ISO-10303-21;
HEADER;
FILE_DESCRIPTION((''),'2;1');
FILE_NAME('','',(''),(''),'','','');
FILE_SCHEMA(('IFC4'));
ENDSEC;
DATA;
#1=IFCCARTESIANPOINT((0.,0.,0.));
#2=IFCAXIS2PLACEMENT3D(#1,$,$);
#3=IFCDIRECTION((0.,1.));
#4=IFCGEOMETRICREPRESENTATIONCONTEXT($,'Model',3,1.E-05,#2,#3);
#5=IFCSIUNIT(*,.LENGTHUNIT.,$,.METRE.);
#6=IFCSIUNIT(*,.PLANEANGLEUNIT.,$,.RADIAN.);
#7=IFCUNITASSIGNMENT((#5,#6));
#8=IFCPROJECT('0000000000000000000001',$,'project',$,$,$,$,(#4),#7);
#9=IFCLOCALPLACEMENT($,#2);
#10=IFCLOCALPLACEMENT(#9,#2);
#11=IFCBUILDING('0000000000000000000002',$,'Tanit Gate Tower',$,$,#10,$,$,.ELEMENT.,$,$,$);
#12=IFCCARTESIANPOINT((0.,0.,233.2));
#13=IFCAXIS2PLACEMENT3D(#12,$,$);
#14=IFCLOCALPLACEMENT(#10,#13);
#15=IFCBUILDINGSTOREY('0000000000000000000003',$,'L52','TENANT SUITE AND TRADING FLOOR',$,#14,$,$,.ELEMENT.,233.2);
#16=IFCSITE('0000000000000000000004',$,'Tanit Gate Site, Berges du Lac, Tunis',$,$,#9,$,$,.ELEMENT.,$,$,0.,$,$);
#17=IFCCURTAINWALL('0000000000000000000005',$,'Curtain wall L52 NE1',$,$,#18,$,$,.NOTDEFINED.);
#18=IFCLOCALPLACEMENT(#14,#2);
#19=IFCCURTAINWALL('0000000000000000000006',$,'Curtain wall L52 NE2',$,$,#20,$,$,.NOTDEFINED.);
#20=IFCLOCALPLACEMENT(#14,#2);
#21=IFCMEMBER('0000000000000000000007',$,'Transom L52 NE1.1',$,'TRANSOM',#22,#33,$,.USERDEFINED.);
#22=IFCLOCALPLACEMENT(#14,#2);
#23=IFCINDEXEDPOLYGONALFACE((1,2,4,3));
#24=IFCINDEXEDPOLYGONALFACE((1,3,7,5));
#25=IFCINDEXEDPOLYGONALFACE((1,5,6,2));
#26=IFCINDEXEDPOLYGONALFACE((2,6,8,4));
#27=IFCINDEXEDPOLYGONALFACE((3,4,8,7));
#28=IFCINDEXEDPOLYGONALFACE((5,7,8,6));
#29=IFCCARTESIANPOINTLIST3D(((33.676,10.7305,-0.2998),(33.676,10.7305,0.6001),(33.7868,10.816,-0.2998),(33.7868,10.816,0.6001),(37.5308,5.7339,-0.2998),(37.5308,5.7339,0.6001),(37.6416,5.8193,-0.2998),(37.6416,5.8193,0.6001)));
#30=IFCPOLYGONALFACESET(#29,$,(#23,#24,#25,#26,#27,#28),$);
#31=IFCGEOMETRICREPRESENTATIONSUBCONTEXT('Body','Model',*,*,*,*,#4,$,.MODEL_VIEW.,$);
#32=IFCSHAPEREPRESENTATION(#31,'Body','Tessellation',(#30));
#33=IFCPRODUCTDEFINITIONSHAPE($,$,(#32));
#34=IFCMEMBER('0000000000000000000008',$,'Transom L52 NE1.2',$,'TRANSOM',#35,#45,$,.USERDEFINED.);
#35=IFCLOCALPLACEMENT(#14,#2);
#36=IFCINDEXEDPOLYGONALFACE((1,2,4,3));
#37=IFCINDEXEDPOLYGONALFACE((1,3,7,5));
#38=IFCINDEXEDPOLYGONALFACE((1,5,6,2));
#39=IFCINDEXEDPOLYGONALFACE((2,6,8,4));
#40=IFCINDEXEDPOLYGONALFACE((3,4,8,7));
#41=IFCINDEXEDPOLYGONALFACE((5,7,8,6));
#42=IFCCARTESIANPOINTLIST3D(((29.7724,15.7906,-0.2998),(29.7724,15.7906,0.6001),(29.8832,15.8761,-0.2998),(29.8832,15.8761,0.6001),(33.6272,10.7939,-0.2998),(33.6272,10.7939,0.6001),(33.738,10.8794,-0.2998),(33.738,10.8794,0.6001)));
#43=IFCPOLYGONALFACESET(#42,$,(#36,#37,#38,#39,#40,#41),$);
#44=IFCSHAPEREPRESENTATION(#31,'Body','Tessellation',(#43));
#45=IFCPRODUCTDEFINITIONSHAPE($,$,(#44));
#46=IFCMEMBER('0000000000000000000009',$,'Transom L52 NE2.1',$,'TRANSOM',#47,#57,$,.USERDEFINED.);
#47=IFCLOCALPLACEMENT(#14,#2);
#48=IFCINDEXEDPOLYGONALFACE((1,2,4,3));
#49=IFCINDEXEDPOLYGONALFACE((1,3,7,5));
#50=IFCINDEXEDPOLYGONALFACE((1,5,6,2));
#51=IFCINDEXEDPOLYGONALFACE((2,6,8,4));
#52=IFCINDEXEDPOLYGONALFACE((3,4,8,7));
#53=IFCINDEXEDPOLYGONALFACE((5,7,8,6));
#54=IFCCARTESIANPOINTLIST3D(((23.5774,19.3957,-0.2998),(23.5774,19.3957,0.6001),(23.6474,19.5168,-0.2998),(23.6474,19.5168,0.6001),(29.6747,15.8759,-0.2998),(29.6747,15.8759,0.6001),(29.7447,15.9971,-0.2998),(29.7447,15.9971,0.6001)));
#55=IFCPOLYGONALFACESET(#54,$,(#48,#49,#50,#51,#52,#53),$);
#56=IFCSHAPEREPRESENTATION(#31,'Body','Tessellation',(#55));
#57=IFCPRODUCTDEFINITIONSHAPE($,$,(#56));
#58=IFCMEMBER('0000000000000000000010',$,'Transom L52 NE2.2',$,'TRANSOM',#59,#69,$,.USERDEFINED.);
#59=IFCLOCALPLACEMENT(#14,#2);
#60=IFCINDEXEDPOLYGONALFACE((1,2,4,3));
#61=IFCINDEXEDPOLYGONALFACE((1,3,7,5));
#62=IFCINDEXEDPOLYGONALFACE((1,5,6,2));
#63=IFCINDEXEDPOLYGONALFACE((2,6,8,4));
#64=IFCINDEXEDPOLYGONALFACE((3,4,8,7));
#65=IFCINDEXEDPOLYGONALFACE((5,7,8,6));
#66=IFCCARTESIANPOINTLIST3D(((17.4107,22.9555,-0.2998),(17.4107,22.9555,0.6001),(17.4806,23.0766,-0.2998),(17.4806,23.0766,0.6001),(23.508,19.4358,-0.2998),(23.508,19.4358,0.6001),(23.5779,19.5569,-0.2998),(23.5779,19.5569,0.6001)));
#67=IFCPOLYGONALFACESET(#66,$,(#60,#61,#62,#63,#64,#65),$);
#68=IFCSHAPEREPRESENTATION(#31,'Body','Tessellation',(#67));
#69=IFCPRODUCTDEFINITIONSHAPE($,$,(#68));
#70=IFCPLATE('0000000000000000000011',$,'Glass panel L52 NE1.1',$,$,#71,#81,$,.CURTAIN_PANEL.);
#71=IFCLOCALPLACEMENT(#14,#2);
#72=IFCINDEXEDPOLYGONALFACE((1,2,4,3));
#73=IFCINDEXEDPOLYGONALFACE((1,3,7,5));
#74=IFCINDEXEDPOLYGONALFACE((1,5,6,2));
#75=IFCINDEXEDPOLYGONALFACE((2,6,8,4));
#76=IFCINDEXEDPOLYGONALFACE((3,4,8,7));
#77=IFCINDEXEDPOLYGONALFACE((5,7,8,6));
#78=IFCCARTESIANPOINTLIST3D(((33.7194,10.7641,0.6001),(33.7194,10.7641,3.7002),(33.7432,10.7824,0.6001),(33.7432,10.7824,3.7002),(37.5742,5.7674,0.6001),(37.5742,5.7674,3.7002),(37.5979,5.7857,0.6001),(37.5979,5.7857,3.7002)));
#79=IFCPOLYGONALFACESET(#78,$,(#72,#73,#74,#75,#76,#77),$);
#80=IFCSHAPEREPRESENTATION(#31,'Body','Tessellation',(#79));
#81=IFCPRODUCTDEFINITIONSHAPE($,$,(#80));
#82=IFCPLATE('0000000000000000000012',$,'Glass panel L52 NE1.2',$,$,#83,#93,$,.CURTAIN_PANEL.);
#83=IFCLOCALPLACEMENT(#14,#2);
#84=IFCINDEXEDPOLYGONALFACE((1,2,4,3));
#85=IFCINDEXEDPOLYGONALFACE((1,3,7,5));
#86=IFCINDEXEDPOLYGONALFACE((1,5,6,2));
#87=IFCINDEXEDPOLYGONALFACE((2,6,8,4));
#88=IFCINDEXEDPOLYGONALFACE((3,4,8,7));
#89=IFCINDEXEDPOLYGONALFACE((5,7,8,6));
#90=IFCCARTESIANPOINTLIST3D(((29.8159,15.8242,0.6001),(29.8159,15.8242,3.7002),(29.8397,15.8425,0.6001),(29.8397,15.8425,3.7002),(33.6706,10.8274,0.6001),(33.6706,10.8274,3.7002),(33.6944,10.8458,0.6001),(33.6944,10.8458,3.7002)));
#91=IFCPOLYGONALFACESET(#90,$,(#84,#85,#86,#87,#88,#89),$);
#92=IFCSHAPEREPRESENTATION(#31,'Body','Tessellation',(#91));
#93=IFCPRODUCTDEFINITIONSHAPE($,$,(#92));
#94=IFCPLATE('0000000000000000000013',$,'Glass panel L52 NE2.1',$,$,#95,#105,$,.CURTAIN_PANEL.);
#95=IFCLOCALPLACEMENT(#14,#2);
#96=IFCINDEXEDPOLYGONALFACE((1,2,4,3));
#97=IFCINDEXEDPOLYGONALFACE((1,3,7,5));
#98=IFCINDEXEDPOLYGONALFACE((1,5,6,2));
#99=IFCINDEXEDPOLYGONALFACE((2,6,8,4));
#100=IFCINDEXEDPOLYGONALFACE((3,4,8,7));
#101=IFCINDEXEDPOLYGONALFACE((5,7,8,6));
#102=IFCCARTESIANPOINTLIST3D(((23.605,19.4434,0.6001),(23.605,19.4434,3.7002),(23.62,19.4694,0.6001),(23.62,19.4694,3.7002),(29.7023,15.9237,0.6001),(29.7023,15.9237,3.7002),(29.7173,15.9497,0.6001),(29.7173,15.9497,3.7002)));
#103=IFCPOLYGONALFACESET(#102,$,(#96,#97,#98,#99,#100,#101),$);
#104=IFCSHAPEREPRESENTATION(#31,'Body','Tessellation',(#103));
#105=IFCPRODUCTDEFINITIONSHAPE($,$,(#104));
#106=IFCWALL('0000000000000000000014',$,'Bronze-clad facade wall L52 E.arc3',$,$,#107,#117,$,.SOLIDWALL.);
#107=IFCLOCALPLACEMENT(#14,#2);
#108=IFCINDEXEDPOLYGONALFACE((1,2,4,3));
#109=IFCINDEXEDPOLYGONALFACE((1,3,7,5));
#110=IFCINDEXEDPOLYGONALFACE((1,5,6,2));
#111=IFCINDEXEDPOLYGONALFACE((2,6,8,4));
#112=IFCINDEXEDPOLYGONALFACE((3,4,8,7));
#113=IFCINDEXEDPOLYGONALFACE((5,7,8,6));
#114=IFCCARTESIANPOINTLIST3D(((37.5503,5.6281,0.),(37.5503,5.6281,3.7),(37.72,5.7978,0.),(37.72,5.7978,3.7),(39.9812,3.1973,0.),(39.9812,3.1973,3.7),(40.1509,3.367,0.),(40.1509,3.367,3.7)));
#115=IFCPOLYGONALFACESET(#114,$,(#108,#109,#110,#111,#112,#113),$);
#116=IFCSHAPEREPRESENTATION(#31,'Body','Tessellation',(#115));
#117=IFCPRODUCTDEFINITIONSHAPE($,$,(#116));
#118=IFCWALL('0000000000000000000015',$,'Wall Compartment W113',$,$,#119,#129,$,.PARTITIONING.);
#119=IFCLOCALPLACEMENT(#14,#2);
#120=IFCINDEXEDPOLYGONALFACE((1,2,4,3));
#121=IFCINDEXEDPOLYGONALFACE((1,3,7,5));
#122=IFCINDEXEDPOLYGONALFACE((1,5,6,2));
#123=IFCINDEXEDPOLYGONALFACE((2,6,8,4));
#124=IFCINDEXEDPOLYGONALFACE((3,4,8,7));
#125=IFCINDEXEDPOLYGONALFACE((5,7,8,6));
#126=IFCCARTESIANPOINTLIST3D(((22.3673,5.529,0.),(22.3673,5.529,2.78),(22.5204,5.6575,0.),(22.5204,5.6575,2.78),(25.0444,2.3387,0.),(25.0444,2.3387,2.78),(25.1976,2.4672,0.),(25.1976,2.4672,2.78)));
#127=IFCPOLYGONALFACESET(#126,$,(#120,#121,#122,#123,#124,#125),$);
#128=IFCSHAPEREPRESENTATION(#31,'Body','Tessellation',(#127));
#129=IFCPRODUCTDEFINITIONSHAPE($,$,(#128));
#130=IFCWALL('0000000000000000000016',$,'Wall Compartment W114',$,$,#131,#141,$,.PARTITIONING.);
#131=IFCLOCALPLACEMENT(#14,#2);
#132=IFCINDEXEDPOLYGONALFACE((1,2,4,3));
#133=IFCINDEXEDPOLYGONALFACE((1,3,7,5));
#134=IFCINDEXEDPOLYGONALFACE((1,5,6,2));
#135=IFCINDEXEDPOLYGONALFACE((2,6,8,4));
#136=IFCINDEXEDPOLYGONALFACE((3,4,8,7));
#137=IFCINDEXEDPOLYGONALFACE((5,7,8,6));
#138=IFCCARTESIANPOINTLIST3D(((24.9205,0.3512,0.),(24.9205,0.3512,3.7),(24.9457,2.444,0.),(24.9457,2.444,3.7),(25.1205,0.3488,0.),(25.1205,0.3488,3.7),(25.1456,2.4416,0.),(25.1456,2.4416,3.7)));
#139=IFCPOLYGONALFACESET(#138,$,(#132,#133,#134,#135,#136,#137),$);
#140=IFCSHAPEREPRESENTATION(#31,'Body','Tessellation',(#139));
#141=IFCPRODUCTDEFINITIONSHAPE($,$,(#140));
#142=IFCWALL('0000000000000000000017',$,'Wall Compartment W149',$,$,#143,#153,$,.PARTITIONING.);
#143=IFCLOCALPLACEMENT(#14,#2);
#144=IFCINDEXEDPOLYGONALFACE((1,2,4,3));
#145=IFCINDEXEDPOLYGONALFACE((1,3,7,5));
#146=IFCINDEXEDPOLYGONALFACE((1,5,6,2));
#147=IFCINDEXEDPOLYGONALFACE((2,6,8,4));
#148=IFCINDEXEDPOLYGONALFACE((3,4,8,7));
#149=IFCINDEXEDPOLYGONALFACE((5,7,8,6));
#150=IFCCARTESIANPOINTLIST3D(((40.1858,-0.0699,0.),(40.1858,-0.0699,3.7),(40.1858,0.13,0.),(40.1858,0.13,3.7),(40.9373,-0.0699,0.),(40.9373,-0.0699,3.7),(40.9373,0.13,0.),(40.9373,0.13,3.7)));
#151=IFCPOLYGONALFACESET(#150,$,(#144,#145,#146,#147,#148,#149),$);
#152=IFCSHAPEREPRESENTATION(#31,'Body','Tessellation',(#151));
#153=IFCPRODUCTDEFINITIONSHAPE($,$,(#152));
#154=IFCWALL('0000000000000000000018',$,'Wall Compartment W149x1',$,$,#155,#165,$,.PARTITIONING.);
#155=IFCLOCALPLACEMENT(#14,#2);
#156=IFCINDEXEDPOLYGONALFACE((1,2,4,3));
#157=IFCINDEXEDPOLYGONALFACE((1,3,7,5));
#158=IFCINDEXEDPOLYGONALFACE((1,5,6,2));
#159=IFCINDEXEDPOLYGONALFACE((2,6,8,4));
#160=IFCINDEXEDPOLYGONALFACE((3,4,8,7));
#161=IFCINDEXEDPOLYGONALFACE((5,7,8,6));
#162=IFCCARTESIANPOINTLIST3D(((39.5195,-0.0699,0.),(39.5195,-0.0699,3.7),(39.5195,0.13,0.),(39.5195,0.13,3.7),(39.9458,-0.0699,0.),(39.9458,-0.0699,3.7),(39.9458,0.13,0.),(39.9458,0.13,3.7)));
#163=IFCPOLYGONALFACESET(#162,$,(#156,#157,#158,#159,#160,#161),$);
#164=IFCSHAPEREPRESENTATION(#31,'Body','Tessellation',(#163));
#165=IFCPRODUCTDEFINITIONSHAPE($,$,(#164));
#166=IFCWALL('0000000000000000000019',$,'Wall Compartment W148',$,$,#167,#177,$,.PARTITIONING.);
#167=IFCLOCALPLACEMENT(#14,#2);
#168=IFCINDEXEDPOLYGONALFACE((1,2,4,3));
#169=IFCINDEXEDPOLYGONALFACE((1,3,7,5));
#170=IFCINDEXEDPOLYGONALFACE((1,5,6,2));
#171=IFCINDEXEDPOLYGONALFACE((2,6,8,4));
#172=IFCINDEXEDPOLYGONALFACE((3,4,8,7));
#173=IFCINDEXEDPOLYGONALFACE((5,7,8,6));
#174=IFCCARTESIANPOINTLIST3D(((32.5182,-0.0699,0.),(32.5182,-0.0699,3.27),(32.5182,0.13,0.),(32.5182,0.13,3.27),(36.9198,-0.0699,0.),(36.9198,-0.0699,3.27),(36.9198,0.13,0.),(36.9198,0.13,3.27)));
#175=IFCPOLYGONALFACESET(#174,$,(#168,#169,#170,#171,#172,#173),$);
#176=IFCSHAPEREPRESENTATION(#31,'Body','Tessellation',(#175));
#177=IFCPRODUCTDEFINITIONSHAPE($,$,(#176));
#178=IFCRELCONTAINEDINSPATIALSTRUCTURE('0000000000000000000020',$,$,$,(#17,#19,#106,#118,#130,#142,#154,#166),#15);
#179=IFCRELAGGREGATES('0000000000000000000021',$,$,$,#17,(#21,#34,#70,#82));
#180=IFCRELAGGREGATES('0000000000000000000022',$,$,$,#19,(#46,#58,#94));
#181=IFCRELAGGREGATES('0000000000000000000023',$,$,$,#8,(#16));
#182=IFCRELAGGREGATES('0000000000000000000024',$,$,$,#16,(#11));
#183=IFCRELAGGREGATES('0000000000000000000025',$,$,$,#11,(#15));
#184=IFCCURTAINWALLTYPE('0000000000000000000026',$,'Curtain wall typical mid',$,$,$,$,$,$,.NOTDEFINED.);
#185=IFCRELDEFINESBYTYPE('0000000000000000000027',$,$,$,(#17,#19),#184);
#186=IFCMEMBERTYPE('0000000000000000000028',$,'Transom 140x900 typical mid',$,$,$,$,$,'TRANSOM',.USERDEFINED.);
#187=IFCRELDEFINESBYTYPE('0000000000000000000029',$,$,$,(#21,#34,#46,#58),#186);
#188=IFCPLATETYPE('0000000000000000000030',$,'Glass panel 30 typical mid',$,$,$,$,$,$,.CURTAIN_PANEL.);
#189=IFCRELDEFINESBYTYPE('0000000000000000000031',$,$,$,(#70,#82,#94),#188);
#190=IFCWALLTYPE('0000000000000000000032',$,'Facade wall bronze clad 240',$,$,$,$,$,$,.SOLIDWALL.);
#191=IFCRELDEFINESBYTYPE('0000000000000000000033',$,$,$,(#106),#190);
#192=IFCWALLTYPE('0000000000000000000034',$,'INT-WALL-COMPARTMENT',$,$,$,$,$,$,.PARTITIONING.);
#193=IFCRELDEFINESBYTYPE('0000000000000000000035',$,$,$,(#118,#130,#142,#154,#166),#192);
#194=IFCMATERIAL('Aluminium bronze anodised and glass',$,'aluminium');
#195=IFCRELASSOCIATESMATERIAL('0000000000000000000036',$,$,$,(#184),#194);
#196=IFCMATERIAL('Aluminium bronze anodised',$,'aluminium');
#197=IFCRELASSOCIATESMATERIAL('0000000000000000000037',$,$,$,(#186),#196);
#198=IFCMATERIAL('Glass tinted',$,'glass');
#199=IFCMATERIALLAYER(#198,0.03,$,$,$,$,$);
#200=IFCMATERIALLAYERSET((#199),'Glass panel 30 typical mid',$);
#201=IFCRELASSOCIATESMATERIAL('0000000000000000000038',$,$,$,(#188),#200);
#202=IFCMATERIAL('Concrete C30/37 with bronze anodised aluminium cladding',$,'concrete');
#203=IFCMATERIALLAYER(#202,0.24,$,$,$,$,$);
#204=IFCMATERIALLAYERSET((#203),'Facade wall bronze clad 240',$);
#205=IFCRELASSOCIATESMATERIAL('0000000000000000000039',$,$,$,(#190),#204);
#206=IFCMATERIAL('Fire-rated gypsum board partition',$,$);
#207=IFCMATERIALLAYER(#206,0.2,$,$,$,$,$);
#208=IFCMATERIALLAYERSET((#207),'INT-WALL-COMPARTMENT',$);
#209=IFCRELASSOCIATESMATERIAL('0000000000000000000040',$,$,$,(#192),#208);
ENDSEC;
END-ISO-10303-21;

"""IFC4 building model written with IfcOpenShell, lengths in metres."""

from ifc_helpers import new_model, si_unit, direction, frame, frame_2d, origin, origin_2d, place, context, subcontext, project, spatial, rectangle, extrude, material, layer, layer_set, material_profile, profile_set, type_object, element, aggregate, save


model = new_model("IFC4")

# Units and contexts
model_context = context("Model", 3, precision=1e-05, world=origin(), true_north=direction((0.0, 1.0)))
body_context = subcontext(model_context, "Body", "Model", "MODEL_VIEW")
ifc_project = project(units=[si_unit("LENGTHUNIT", "METRE"), si_unit("PLANEANGLEUNIT", "RADIAN")], contexts=[model_context])

# Site, building, storey
site_placement = place(None, origin())
site = spatial("IfcSite", under=ifc_project, at=site_placement, Name="Tanit Gate Site, Berges du Lac, Tunis", CompositionType="ELEMENT", RefElevation=0.0)
building_placement = place(site_placement, origin())
building = spatial("IfcBuilding", under=site, at=building_placement, Name="Tanit Gate Tower", CompositionType="ELEMENT")
storey_placement = place(building_placement, frame((0.0, 0.0, 233.2)))
storey = spatial("IfcBuildingStorey", under=building, at=storey_placement, Name="L52", Description="TENANT SUITE AND TRADING FLOOR", CompositionType="ELEMENT", Elevation=233.2)

# Curtain wall
ifc_material_1 = material(Name="Aluminium bronze anodised and glass", Category="aluminium")
curtain_wall_type = type_object("IfcCurtainWallType", Name="Curtain wall typical mid", PredefinedType="NOTDEFINED", material=ifc_material_1)
curtain_wall_1_placement = place(storey_placement, origin())
curtain_wall_1 = element("IfcCurtainWall", 1, at=curtain_wall_1_placement, inside=storey, type_object=curtain_wall_type, Name="Curtain wall L52 NE1", PredefinedType="NOTDEFINED")

# Curtain wall
curtain_wall_2_placement = place(storey_placement, origin())
curtain_wall_2 = element("IfcCurtainWall", 2, at=curtain_wall_2_placement, inside=storey, type_object=curtain_wall_type, Name="Curtain wall L52 NE2", PredefinedType="NOTDEFINED")

# Members
ifc_material_2 = material(Name="Aluminium bronze anodised", Category="aluminium")
ifc_material_profile_1 = material_profile(ifc_material_2, rectangle(XDim=0.1399, YDim=0.8999, at=origin_2d()), Name="140x900 bronze transom")
ifc_profile_set_1 = profile_set([ifc_material_profile_1], Name="Aluminium bronze anodised")
member_type_1 = type_object("IfcMemberType", Name="Transom 140x900 typical mid", ElementType="TRANSOM", PredefinedType="USERDEFINED", material=ifc_profile_set_1)
member_1_placement = place(storey_placement, frame((37.5862, 5.7766, 0.1501), z_axis=(-0.610826, 0.791765, 0.0), x_axis=(-0.791765, -0.610826, 0.0)))
member_1 = element("IfcMember", 3, at=member_1_placement, type_object=member_type_1, Name="Transom L52 NE1.1", ObjectType="TRANSOM", PredefinedType="USERDEFINED", context=body_context, shape_type="SweptSolid", body=[
    extrude(rectangle(XDim=0.1399, YDim=0.8999, at=origin_2d()), origin(), (0.0, 0.0, 1.0), 6.3108),
])
member_2_placement = place(storey_placement, frame((33.6826, 10.8367, 0.1501), z_axis=(-0.610826, 0.791765, 0.0), x_axis=(-0.791765, -0.610826, 0.0)))
member_2 = element("IfcMember", 4, at=member_2_placement, type_object=member_type_1, Name="Transom L52 NE1.2", ObjectType="TRANSOM", PredefinedType="USERDEFINED", context=body_context, shape_type="SweptSolid", body=[
    extrude(rectangle(XDim=0.1399, YDim=0.8999, at=origin_2d()), origin(), (0.0, 0.0, 1.0), 6.3108),
])
member_3_placement = place(storey_placement, frame((29.7097, 15.9365, 0.1501), z_axis=(-0.86606, 0.49994, 0.0), x_axis=(-0.49994, -0.86606, 0.0)))
member_3 = element("IfcMember", 5, at=member_3_placement, type_object=member_type_1, Name="Transom L52 NE2.1", ObjectType="TRANSOM", PredefinedType="USERDEFINED", context=body_context, shape_type="SweptSolid", body=[
    extrude(rectangle(XDim=0.1399, YDim=0.8999, at=origin_2d()), origin(), (0.0, 0.0, 1.0), 7.0403),
])
member_4_placement = place(storey_placement, frame((23.543, 19.4963, 0.1501), z_axis=(-0.86606, 0.49994, 0.0), x_axis=(-0.49994, -0.86606, 0.0)))
member_4 = element("IfcMember", 6, at=member_4_placement, type_object=member_type_1, Name="Transom L52 NE2.2", ObjectType="TRANSOM", PredefinedType="USERDEFINED", context=body_context, shape_type="SweptSolid", body=[
    extrude(rectangle(XDim=0.1399, YDim=0.8999, at=origin_2d()), origin(), (0.0, 0.0, 1.0), 7.0403),
])

# Plates
ifc_material_3 = material(Name="Glass tinted", Category="glass")
ifc_layer_1 = layer(ifc_material_3, 0.03)
ifc_layer_set_1 = layer_set([ifc_layer_1], Name="Glass panel 30 typical mid")
plate_type = type_object("IfcPlateType", Name="Glass panel 30 typical mid", PredefinedType="CURTAIN_PANEL", material=ifc_layer_set_1)
plate_1_placement = place(storey_placement, frame((35.6587, 8.2749, 0.6001), z_axis=(0.0, 0.0, 1.0), x_axis=(-0.610813, 0.791775, 0.0)))
plate_1 = element("IfcPlate", 7, at=plate_1_placement, type_object=plate_type, Name="Glass panel L52 NE1.1", PredefinedType="CURTAIN_PANEL", context=body_context, shape_type="SweptSolid", body=[
    extrude(rectangle(XDim=6.3108, YDim=0.03, at=origin_2d()), origin(), (0.0, 0.0, 1.0), 3.1001),
])
plate_2_placement = place(storey_placement, frame((31.7551, 13.335, 0.6001), z_axis=(0.0, 0.0, 1.0), x_axis=(-0.610813, 0.791775, 0.0)))
plate_2 = element("IfcPlate", 8, at=plate_2_placement, type_object=plate_type, Name="Glass panel L52 NE1.2", PredefinedType="CURTAIN_PANEL", context=body_context, shape_type="SweptSolid", body=[
    extrude(rectangle(XDim=6.3108, YDim=0.03, at=origin_2d()), origin(), (0.0, 0.0, 1.0), 3.1001),
])
aggregate(curtain_wall_1, [member_1, member_2, plate_1, plate_2])
plate_3_placement = place(storey_placement, frame((26.6611, 17.6965, 0.6001), z_axis=(0.0, 0.0, 1.0), x_axis=(-0.86606, 0.49994, 0.0)))
plate_3 = element("IfcPlate", 9, at=plate_3_placement, type_object=plate_type, Name="Glass panel L52 NE2.1", PredefinedType="CURTAIN_PANEL", context=body_context, shape_type="SweptSolid", body=[
    extrude(rectangle(XDim=7.0403, YDim=0.03, at=origin_2d()), origin(), (0.0, 0.0, 1.0), 3.1001),
])
aggregate(curtain_wall_2, [member_3, member_4, plate_3])

# Walls
ifc_material_4 = material(Name="Concrete C30/37 with bronze anodised aluminium cladding", Category="concrete")
ifc_layer_2 = layer(ifc_material_4, 0.24)
ifc_layer_set_2 = layer_set([ifc_layer_2], Name="Facade wall bronze clad 240")
wall_type_1 = type_object("IfcWallType", Name="Facade wall bronze clad 240", PredefinedType="SOLIDWALL", material=ifc_layer_set_2)
wall_1_placement = place(storey_placement, frame((40.0659, 3.2822, 0.0), z_axis=(0.0, 0.0, 1.0), x_axis=(-0.707107, 0.707107, 0.0)))
element("IfcWall", 10, at=wall_1_placement, inside=storey, type_object=wall_type_1, Name="Bronze-clad facade wall L52 E.arc3", PredefinedType="SOLIDWALL", context=body_context, shape_type="SweptSolid", body=[
    extrude(rectangle(XDim=3.4377, YDim=0.24, at=frame_2d((1.7188, 0.0))), origin(), (0.0, 0.0, 1.0), 3.7),
])
ifc_material_5 = material(Name="Fire-rated gypsum board partition")
ifc_layer_3 = layer(ifc_material_5, 0.2)
ifc_layer_set_3 = layer_set([ifc_layer_3], Name="INT-WALL-COMPARTMENT")
wall_type_2 = type_object("IfcWallType", Name="INT-WALL-COMPARTMENT", PredefinedType="PARTITIONING", material=ifc_layer_set_3)
wall_2_placement = place(storey_placement, frame((25.1211, 2.4028, 0.0), z_axis=(0.0, 0.0, 1.0), x_axis=(-0.64281, 0.766026, 0.0)))
element("IfcWall", 11, at=wall_2_placement, inside=storey, type_object=wall_type_2, Name="Wall Compartment W113", PredefinedType="PARTITIONING", context=body_context, shape_type="SweptSolid", body=[
    extrude(rectangle(XDim=4.1648, YDim=0.2, at=frame_2d((2.0825, 0.0))), origin(), (0.0, 0.0, 1.0), 2.78),
])
wall_3_placement = place(storey_placement, frame((25.0205, 0.3501, 0.0), z_axis=(0.0, 0.0, 1.0), x_axis=(0.012015, 0.999928, 0.0)))
element("IfcWall", 12, at=wall_3_placement, inside=storey, type_object=wall_type_2, Name="Wall Compartment W114", PredefinedType="PARTITIONING", context=body_context, shape_type="SweptSolid", body=[
    extrude(rectangle(XDim=2.093, YDim=0.2, at=frame_2d((1.0464, 0.0))), origin(), (0.0, 0.0, 1.0), 3.7),
])
wall_4_placement = place(storey_placement, frame((40.9373, 0.03, 0.0), z_axis=(0.0, 0.0, 1.0), x_axis=(-1.0, 0.0, 0.0)))
element("IfcWall", 13, at=wall_4_placement, inside=storey, type_object=wall_type_2, Name="Wall Compartment W149", PredefinedType="PARTITIONING", context=body_context, shape_type="SweptSolid", body=[
    extrude(rectangle(XDim=0.7515, YDim=0.2, at=frame_2d((0.3757, 0.0))), origin(), (0.0, 0.0, 1.0), 3.7),
])
wall_5_placement = place(storey_placement, frame((39.9458, 0.03, 0.0), z_axis=(0.0, 0.0, 1.0), x_axis=(-1.0, 0.0, 0.0)))
element("IfcWall", 14, at=wall_5_placement, inside=storey, type_object=wall_type_2, Name="Wall Compartment W149x1", PredefinedType="PARTITIONING", context=body_context, shape_type="SweptSolid", body=[
    extrude(rectangle(XDim=0.4263, YDim=0.2, at=frame_2d((0.2131, 0.0))), origin(), (0.0, 0.0, 1.0), 3.7),
])
wall_6_placement = place(storey_placement, frame((36.9197, 0.03, 0.0), z_axis=(0.0, 0.0, 1.0), x_axis=(-1.0, 0.0, 0.0)))
element("IfcWall", 15, at=wall_6_placement, inside=storey, type_object=wall_type_2, Name="Wall Compartment W148", PredefinedType="PARTITIONING", context=body_context, shape_type="SweptSolid", body=[
    extrude(rectangle(XDim=4.4016, YDim=0.2, at=frame_2d((2.2007, 0.0))), origin(), (0.0, 0.0, 1.0), 3.27),
])

save(model, "model.ifc")
